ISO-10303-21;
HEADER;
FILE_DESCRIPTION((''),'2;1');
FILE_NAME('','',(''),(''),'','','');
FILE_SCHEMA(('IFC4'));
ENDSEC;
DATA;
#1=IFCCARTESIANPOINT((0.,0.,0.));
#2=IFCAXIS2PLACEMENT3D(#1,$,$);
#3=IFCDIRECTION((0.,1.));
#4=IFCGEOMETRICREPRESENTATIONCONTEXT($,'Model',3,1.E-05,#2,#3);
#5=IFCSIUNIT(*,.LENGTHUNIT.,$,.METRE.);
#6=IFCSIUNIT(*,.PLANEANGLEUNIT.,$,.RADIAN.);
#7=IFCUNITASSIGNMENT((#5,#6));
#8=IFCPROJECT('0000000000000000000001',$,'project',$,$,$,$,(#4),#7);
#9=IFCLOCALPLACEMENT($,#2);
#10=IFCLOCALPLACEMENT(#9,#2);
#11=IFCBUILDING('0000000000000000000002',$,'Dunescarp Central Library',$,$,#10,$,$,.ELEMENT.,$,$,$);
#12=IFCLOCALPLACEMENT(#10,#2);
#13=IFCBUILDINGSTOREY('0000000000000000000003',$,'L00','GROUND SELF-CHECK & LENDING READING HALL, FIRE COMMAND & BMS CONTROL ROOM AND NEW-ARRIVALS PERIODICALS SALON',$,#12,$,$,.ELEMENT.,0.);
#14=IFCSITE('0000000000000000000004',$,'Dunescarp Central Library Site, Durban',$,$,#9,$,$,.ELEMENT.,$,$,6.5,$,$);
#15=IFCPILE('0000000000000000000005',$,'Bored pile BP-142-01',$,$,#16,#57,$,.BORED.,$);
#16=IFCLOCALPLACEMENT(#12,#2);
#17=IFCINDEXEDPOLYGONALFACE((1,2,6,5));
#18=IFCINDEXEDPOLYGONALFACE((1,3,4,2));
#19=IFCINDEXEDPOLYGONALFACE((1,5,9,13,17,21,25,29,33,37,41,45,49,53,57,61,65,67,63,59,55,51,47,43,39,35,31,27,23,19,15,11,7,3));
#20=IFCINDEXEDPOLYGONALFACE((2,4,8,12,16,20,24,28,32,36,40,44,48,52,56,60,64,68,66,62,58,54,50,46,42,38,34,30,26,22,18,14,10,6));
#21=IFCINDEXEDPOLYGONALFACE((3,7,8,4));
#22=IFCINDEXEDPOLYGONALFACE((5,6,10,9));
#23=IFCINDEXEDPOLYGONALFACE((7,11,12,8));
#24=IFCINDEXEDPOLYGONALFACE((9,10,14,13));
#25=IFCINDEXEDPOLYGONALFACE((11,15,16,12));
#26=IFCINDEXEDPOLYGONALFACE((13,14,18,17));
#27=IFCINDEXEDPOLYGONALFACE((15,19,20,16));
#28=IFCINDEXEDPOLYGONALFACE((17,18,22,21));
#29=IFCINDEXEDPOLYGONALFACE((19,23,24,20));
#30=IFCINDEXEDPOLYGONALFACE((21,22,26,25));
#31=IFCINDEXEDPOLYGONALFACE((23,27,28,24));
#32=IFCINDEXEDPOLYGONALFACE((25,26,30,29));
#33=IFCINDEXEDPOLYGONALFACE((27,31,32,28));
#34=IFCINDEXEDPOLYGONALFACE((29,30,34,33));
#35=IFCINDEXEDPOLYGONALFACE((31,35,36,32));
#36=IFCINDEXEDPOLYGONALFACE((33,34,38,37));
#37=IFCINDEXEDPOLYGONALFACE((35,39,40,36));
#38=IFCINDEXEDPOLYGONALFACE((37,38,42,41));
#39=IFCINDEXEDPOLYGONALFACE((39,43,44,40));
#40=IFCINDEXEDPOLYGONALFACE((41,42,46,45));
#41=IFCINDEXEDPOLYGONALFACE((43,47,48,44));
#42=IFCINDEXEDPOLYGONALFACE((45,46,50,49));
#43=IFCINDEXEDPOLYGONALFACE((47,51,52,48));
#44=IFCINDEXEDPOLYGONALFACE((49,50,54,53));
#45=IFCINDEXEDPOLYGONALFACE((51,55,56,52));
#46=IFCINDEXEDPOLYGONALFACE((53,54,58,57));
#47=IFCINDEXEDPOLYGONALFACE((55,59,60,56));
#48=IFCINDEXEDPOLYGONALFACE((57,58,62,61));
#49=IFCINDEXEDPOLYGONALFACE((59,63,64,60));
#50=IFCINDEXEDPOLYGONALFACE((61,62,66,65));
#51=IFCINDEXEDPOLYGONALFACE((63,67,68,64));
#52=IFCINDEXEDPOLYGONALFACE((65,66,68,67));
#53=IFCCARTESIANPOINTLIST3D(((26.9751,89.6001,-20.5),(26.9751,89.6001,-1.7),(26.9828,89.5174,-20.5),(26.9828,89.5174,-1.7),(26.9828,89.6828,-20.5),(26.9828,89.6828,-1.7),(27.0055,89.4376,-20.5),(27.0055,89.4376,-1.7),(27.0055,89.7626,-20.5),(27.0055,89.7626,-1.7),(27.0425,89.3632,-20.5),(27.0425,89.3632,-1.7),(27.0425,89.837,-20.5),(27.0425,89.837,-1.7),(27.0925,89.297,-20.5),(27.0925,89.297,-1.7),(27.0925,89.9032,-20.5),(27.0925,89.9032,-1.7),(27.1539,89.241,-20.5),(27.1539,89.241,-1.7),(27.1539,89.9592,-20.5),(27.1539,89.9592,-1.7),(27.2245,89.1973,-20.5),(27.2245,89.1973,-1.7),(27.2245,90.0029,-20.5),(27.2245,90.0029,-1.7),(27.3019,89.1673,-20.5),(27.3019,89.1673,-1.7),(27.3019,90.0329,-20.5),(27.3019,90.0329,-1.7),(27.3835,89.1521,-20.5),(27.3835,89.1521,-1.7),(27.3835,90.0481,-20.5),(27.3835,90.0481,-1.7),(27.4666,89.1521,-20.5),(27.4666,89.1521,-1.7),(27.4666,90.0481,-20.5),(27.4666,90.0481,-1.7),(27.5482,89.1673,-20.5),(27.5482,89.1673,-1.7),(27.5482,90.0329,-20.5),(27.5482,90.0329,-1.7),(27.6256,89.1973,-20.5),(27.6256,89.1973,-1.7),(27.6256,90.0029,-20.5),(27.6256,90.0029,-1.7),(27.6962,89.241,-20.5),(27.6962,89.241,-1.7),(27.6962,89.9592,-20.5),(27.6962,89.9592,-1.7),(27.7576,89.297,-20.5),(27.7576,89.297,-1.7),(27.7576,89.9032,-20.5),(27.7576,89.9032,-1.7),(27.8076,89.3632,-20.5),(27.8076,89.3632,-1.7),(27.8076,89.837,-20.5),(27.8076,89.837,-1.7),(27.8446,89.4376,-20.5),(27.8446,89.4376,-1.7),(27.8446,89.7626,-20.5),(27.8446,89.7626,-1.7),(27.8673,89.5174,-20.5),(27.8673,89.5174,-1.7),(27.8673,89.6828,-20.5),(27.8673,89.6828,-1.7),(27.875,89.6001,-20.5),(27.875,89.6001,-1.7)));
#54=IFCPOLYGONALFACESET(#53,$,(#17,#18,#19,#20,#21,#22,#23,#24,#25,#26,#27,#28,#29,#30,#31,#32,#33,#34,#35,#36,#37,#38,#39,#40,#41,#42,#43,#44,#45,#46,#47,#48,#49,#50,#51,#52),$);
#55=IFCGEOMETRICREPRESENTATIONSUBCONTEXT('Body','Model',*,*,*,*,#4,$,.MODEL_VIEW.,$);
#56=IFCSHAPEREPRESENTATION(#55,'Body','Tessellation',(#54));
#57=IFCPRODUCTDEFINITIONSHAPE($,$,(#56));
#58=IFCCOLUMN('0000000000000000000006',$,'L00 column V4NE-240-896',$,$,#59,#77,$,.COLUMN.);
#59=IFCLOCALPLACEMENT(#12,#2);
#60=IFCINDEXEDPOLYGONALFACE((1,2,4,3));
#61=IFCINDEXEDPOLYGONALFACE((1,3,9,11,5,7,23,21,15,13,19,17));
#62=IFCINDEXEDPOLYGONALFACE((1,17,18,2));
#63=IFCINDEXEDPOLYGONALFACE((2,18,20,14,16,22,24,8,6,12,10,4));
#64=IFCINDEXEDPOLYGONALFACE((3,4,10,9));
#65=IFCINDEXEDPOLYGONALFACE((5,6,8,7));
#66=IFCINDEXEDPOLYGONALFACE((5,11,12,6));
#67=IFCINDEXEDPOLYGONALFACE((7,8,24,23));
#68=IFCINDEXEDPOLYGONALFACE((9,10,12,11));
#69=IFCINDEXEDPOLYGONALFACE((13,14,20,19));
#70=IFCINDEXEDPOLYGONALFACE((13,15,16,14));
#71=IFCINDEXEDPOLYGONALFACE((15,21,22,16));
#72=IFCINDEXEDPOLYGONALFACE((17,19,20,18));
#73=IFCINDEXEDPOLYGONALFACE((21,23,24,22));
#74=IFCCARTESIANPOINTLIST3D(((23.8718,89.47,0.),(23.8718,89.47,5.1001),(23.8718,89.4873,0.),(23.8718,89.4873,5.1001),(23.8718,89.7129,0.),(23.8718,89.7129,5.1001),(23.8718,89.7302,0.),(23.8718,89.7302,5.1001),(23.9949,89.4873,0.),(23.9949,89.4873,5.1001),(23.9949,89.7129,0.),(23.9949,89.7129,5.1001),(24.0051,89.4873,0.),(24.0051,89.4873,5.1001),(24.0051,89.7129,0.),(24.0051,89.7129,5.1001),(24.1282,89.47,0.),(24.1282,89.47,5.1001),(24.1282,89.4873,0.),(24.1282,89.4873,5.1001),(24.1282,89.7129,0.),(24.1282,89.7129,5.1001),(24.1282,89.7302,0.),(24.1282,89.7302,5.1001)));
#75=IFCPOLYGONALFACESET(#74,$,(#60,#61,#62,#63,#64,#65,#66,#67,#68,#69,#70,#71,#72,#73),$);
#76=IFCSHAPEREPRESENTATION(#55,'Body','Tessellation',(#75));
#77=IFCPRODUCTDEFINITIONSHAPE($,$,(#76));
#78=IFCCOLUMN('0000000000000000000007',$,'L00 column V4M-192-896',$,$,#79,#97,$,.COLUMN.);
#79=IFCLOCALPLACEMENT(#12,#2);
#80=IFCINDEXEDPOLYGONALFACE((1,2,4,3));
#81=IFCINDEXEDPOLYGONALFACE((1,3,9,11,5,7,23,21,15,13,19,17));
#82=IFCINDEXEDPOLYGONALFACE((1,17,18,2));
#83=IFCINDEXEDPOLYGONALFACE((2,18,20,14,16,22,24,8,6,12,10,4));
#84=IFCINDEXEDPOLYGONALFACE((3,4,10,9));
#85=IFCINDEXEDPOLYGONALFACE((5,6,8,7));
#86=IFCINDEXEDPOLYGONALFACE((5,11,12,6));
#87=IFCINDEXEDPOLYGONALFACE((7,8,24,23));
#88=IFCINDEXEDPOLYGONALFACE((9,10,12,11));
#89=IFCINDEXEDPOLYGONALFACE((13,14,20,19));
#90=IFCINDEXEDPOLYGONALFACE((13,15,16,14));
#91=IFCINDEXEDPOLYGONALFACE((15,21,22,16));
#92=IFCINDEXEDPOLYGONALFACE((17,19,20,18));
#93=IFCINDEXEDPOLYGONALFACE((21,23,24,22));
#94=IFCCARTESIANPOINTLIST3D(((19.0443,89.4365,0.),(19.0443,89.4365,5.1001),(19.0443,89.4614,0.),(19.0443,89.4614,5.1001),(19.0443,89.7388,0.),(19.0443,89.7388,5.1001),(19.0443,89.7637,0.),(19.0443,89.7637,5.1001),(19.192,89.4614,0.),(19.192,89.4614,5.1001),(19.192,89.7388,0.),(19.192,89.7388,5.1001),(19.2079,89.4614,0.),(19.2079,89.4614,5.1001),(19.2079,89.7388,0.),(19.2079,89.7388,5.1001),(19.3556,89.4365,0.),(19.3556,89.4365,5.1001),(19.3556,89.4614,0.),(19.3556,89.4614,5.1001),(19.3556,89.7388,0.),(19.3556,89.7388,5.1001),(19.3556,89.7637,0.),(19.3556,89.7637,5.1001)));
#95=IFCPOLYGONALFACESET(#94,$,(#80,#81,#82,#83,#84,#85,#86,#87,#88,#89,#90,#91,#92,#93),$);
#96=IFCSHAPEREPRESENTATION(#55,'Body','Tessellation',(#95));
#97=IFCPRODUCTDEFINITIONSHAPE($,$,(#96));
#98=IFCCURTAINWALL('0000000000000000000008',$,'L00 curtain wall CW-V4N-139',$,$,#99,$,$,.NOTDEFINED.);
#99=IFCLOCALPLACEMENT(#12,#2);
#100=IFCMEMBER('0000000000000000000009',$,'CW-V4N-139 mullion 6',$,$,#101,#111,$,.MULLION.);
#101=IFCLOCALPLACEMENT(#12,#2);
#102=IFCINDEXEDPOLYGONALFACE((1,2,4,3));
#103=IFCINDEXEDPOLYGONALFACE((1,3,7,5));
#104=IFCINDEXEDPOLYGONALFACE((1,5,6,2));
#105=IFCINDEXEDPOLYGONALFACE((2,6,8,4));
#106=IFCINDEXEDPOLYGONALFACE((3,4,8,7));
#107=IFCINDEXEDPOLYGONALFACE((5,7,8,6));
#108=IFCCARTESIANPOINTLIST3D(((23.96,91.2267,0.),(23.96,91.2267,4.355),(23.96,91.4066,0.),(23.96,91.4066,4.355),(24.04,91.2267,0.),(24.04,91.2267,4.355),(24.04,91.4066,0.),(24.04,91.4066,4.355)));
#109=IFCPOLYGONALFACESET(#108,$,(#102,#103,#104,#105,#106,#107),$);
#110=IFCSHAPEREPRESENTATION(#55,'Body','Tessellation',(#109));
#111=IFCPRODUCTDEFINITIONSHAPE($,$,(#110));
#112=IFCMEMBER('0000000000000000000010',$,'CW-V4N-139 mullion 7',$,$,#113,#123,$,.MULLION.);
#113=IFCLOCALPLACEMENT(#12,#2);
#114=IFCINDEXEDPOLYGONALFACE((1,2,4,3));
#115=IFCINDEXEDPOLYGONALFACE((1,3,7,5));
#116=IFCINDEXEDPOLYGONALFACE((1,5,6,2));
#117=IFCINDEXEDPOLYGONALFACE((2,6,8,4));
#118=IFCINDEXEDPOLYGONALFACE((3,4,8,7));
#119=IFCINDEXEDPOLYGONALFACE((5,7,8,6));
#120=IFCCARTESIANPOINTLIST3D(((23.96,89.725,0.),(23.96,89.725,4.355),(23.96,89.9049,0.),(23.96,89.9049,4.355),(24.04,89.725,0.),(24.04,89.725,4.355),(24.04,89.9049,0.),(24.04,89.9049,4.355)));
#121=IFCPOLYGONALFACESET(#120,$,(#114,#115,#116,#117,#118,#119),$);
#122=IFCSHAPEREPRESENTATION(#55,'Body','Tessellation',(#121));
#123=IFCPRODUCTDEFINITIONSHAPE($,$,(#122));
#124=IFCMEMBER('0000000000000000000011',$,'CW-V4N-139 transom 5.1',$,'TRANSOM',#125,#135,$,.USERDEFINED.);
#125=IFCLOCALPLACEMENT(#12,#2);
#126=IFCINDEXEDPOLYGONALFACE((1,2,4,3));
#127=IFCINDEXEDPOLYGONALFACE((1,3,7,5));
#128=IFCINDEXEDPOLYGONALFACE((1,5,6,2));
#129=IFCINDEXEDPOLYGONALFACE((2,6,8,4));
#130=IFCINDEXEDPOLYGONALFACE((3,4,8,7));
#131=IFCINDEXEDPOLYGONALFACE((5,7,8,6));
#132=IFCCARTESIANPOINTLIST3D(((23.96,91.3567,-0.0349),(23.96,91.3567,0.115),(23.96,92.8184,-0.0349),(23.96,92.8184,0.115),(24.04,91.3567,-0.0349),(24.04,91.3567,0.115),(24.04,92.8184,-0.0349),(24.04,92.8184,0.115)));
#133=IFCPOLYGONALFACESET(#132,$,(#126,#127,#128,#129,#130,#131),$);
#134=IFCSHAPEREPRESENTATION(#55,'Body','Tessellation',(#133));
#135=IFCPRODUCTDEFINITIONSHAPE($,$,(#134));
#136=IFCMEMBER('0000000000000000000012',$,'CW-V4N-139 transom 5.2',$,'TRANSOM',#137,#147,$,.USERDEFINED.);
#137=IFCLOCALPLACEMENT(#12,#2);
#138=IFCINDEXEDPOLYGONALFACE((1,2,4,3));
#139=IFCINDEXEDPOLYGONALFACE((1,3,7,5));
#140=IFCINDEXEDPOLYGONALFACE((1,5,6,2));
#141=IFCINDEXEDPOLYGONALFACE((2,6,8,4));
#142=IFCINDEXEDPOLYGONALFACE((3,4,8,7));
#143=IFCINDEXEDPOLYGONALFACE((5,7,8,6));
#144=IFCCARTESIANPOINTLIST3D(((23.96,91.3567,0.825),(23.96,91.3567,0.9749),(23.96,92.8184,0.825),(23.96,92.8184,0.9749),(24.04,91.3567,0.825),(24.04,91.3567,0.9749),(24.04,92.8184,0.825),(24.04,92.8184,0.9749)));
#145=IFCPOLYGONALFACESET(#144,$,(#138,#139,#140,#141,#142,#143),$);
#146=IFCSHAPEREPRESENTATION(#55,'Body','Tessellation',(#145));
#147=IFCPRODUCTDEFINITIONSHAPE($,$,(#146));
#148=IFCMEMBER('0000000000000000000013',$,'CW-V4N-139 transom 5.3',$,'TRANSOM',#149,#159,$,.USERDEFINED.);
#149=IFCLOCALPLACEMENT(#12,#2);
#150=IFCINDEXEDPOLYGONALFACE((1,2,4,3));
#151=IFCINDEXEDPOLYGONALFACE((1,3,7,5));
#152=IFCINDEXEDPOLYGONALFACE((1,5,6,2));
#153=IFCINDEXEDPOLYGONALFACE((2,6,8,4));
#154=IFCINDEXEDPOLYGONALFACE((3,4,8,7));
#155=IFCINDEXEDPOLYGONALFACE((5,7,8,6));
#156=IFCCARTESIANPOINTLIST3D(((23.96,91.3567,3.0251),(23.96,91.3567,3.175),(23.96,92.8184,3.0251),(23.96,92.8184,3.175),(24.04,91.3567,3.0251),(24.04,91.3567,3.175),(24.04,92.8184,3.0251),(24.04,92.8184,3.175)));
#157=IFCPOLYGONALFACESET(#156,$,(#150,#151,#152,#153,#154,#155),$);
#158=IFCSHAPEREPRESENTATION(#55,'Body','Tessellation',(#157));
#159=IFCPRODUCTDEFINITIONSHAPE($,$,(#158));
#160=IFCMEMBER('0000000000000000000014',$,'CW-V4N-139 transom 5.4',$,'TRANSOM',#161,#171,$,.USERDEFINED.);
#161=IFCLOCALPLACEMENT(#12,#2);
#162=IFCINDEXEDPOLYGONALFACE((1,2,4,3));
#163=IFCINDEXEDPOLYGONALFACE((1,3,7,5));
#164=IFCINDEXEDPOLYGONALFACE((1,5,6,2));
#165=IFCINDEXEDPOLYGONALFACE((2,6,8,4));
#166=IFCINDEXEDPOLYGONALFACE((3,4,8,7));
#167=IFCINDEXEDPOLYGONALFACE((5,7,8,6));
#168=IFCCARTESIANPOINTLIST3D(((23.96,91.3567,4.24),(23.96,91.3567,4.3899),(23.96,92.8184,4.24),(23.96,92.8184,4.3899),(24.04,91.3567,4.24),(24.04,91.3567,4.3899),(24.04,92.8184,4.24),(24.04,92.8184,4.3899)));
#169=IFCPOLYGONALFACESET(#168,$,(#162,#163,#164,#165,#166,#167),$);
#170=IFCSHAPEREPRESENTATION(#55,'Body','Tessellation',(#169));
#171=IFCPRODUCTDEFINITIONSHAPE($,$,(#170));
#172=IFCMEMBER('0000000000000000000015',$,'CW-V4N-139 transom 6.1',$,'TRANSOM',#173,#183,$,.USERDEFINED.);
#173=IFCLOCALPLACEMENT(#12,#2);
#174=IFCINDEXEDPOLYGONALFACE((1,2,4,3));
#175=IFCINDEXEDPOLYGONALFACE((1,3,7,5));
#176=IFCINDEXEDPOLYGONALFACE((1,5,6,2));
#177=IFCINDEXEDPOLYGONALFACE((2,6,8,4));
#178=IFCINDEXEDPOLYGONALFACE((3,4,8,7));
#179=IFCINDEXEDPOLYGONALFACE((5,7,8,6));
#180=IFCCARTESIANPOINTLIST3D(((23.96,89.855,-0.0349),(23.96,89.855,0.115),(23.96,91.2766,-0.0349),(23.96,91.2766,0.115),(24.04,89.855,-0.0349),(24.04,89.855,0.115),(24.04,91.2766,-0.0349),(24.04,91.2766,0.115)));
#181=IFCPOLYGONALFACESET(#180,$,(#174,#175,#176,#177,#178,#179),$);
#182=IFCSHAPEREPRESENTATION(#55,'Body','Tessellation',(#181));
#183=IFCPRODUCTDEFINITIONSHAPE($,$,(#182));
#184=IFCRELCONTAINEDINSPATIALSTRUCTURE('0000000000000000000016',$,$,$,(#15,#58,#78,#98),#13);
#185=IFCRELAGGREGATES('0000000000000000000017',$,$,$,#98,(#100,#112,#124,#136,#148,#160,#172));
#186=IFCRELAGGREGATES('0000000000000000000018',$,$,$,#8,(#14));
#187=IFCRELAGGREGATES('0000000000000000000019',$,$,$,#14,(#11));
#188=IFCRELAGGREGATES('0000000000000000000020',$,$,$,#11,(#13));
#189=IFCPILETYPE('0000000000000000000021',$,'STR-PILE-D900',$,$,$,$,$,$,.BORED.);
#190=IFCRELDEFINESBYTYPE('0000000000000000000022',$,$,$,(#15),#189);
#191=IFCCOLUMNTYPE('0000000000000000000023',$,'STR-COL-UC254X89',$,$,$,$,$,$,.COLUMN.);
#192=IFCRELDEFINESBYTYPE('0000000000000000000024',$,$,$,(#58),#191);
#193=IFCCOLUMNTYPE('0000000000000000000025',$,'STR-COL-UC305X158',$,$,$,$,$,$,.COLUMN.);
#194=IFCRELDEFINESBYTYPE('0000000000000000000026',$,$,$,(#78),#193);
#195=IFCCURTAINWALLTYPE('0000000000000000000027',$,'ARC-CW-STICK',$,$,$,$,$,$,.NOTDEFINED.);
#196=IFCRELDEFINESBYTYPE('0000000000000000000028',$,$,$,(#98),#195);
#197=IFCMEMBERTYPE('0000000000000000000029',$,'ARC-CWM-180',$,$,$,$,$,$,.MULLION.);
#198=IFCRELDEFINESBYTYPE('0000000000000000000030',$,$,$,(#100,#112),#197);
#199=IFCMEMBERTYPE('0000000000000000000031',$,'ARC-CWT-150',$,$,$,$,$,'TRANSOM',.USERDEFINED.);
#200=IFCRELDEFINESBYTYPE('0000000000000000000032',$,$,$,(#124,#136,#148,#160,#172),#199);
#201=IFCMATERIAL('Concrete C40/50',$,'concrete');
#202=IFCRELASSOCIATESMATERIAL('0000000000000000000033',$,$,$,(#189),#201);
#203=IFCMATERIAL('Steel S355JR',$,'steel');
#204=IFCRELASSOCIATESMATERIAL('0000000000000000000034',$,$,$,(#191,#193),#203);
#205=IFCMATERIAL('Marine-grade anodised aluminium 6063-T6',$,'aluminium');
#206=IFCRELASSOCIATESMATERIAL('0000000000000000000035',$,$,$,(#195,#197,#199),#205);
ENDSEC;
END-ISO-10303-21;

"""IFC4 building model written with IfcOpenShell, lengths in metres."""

from ifc_helpers import new_model, si_unit, direction, frame, origin, origin_2d, place, context, subcontext, project, spatial, rectangle, circle, i_section, extrude, material, material_profile, profile_set, type_object, element, aggregate, save


model = new_model("IFC4")

# Units and contexts
model_context = context("Model", 3, precision=1e-05, world=origin(), true_north=direction((0.0, 1.0)))
body_context = subcontext(model_context, "Body", "Model", "MODEL_VIEW")
ifc_project = project(units=[si_unit("LENGTHUNIT", "METRE"), si_unit("PLANEANGLEUNIT", "RADIAN")], contexts=[model_context])

# Site, building, storey
site_placement = place(None, origin())
site = spatial("IfcSite", under=ifc_project, at=site_placement, Name="Dunescarp Central Library Site, Durban", CompositionType="ELEMENT", RefElevation=6.5)
building_placement = place(site_placement, origin())
building = spatial("IfcBuilding", under=site, at=building_placement, Name="Dunescarp Central Library", CompositionType="ELEMENT")
storey_placement = place(building_placement, origin())
storey = spatial("IfcBuildingStorey", under=building, at=storey_placement, Name="L00", Description="GROUND SELF-CHECK & LENDING READING HALL, FIRE COMMAND & BMS CONTROL ROOM AND NEW-ARRIVALS PERIODICALS SALON", CompositionType="ELEMENT", Elevation=0.0)

# Shared definitions
ifc_material_1 = material(Name="Concrete C40/50", Category="concrete")

# Pile
ifc_material_profile_1 = material_profile(ifc_material_1, circle(Radius=0.45, at=origin_2d()), Name="PILE D900")
ifc_profile_set_1 = profile_set([ifc_material_profile_1], Name="Concrete C40/50")
pile_type_1 = type_object("IfcPileType", Name="STR-PILE-D900", PredefinedType="BORED", material=ifc_profile_set_1)
for number, where, z_axis, x_axis, name in (
    (1, (27.425, 89.6001, -1.7), (0.0, 0.0, -1.0), (1.0, 0.0, 0.0), "Bored pile BP-142-01"),
):
    element("IfcPile", number, at=place(storey_placement, frame(where, z_axis=z_axis, x_axis=x_axis)), inside=storey, type_object=pile_type_1, Name=name, PredefinedType="BORED", context=body_context, shape_type="SweptSolid", body=[
        extrude(circle(Radius=0.45, at=origin_2d()), origin(), (0.0, 0.0, 1.0), 18.8),
    ])

# Columns
ifc_material_2 = material(Name="Steel S355JR", Category="steel")
ifc_material_profile_2 = material_profile(ifc_material_2, i_section(OverallWidth=0.2563, OverallDepth=0.2603, WebThickness=0.0103, FlangeThickness=0.0173, at=origin_2d()), Name="UC 254x254x89")
ifc_profile_set_2 = profile_set([ifc_material_profile_2], Name="Steel S355JR")
column_type_1 = type_object("IfcColumnType", Name="STR-COL-UC254X89", PredefinedType="COLUMN", material=ifc_profile_set_2)
column_1_placement = place(storey_placement, frame((24.0, 89.6001, 0.0), z_axis=(0.0, 0.0, 1.0), x_axis=(1.0, 0.0, 0.0)))
element("IfcColumn", 2, at=column_1_placement, inside=storey, type_object=column_type_1, Name="L00 column V4NE-240-896", PredefinedType="COLUMN", context=body_context, shape_type="SweptSolid", body=[
    extrude(i_section(OverallWidth=0.2563, OverallDepth=0.2603, WebThickness=0.0103, FlangeThickness=0.0173, at=origin_2d()), origin(), (0.0, 0.0, 1.0), 5.1001),
])
ifc_material_profile_3 = material_profile(ifc_material_2, i_section(OverallWidth=0.3113, OverallDepth=0.3271, WebThickness=0.0159, FlangeThickness=0.0249, at=origin_2d()), Name="UC 305x305x158")
ifc_profile_set_3 = profile_set([ifc_material_profile_3], Name="Steel S355JR")
column_type_2 = type_object("IfcColumnType", Name="STR-COL-UC305X158", PredefinedType="COLUMN", material=ifc_profile_set_3)
column_2_placement = place(storey_placement, frame((19.2, 89.6001, 0.0), z_axis=(0.0, 0.0, 1.0), x_axis=(1.0, 0.0, 0.0)))
element("IfcColumn", 3, at=column_2_placement, inside=storey, type_object=column_type_2, Name="L00 column V4M-192-896", PredefinedType="COLUMN", context=body_context, shape_type="SweptSolid", body=[
    extrude(i_section(OverallWidth=0.3113, OverallDepth=0.3271, WebThickness=0.0159, FlangeThickness=0.0249, at=origin_2d()), origin(), (0.0, 0.0, 1.0), 5.1001),
])

# Curtain wall, members
ifc_material_3 = material(Name="Marine-grade anodised aluminium 6063-T6", Category="aluminium")
curtain_wall_type = type_object("IfcCurtainWallType", Name="ARC-CW-STICK", PredefinedType="NOTDEFINED", material=ifc_material_3)
curtain_wall_1_placement = place(storey_placement, origin())
curtain_wall_1 = element("IfcCurtainWall", 4, at=curtain_wall_1_placement, inside=storey, type_object=curtain_wall_type, Name="L00 curtain wall CW-V4N-139", PredefinedType="NOTDEFINED")
ifc_material_profile_4 = material_profile(ifc_material_3, rectangle(XDim=0.0801, YDim=0.1799, at=origin_2d()), Name="AL 80x180")
ifc_profile_set_4 = profile_set([ifc_material_profile_4], Name="Marine-grade anodised aluminium 6063-T6")
member_type_1 = type_object("IfcMemberType", Name="ARC-CWM-180", PredefinedType="MULLION", material=ifc_profile_set_4)
member_1_placement = place(storey_placement, frame((24.0, 91.3167, 0.0), z_axis=(0.0, 0.0, 1.0), x_axis=(1.0, 0.0, 0.0)))
member_1 = element("IfcMember", 5, at=member_1_placement, type_object=member_type_1, Name="CW-V4N-139 mullion 6", PredefinedType="MULLION", context=body_context, shape_type="SweptSolid", body=[
    extrude(rectangle(XDim=0.0801, YDim=0.1799, at=origin_2d()), origin(), (0.0, 0.0, 1.0), 4.355),
])
member_2_placement = place(storey_placement, frame((24.0, 89.8149, 0.0), z_axis=(0.0, 0.0, 1.0), x_axis=(1.0, 0.0, 0.0)))
member_2 = element("IfcMember", 6, at=member_2_placement, type_object=member_type_1, Name="CW-V4N-139 mullion 7", PredefinedType="MULLION", context=body_context, shape_type="SweptSolid", body=[
    extrude(rectangle(XDim=0.0801, YDim=0.1799, at=origin_2d()), origin(), (0.0, 0.0, 1.0), 4.355),
])
ifc_material_profile_5 = material_profile(ifc_material_3, rectangle(XDim=0.0801, YDim=0.1499, at=origin_2d()), Name="AL 80x150")
ifc_profile_set_5 = profile_set([ifc_material_profile_5], Name="Marine-grade anodised aluminium 6063-T6")
member_type_2 = type_object("IfcMemberType", Name="ARC-CWT-150", ElementType="TRANSOM", PredefinedType="USERDEFINED", material=ifc_profile_set_5)
member_3_placement = place(storey_placement, frame((24.0, 92.8184, 0.04), z_axis=(0.0, -1.0, 0.0), x_axis=(1.0, 0.0, 0.0)))
member_3 = element("IfcMember", 7, at=member_3_placement, type_object=member_type_2, Name="CW-V4N-139 transom 5.1", ObjectType="TRANSOM", PredefinedType="USERDEFINED", context=body_context, shape_type="SweptSolid", body=[
    extrude(rectangle(XDim=0.0801, YDim=0.1499, at=origin_2d()), origin(), (0.0, 0.0, 1.0), 1.4617),
])
member_4_placement = place(storey_placement, frame((24.0, 92.8184, 0.8999), z_axis=(0.0, -1.0, 0.0), x_axis=(1.0, 0.0, 0.0)))
member_4 = element("IfcMember", 8, at=member_4_placement, type_object=member_type_2, Name="CW-V4N-139 transom 5.2", ObjectType="TRANSOM", PredefinedType="USERDEFINED", context=body_context, shape_type="SweptSolid", body=[
    extrude(rectangle(XDim=0.0801, YDim=0.1499, at=origin_2d()), origin(), (0.0, 0.0, 1.0), 1.4617),
])
member_5_placement = place(storey_placement, frame((24.0, 92.8184, 3.1001), z_axis=(0.0, -1.0, 0.0), x_axis=(1.0, 0.0, 0.0)))
member_5 = element("IfcMember", 9, at=member_5_placement, type_object=member_type_2, Name="CW-V4N-139 transom 5.3", ObjectType="TRANSOM", PredefinedType="USERDEFINED", context=body_context, shape_type="SweptSolid", body=[
    extrude(rectangle(XDim=0.0801, YDim=0.1499, at=origin_2d()), origin(), (0.0, 0.0, 1.0), 1.4617),
])
member_6_placement = place(storey_placement, frame((24.0, 92.8184, 4.3149), z_axis=(0.0, -1.0, 0.0), x_axis=(1.0, 0.0, 0.0)))
member_6 = element("IfcMember", 10, at=member_6_placement, type_object=member_type_2, Name="CW-V4N-139 transom 5.4", ObjectType="TRANSOM", PredefinedType="USERDEFINED", context=body_context, shape_type="SweptSolid", body=[
    extrude(rectangle(XDim=0.0801, YDim=0.1499, at=origin_2d()), origin(), (0.0, 0.0, 1.0), 1.4617),
])
member_7_placement = place(storey_placement, frame((24.0, 91.2766, 0.04), z_axis=(0.0, -1.0, 0.0), x_axis=(1.0, 0.0, 0.0)))
member_7 = element("IfcMember", 11, at=member_7_placement, type_object=member_type_2, Name="CW-V4N-139 transom 6.1", ObjectType="TRANSOM", PredefinedType="USERDEFINED", context=body_context, shape_type="SweptSolid", body=[
    extrude(rectangle(XDim=0.0801, YDim=0.1499, at=origin_2d()), origin(), (0.0, 0.0, 1.0), 1.4216),
])

aggregate(curtain_wall_1, [member_1, member_2, member_3, member_4, member_5, member_6, member_7])

save(model, "model.ifc")
